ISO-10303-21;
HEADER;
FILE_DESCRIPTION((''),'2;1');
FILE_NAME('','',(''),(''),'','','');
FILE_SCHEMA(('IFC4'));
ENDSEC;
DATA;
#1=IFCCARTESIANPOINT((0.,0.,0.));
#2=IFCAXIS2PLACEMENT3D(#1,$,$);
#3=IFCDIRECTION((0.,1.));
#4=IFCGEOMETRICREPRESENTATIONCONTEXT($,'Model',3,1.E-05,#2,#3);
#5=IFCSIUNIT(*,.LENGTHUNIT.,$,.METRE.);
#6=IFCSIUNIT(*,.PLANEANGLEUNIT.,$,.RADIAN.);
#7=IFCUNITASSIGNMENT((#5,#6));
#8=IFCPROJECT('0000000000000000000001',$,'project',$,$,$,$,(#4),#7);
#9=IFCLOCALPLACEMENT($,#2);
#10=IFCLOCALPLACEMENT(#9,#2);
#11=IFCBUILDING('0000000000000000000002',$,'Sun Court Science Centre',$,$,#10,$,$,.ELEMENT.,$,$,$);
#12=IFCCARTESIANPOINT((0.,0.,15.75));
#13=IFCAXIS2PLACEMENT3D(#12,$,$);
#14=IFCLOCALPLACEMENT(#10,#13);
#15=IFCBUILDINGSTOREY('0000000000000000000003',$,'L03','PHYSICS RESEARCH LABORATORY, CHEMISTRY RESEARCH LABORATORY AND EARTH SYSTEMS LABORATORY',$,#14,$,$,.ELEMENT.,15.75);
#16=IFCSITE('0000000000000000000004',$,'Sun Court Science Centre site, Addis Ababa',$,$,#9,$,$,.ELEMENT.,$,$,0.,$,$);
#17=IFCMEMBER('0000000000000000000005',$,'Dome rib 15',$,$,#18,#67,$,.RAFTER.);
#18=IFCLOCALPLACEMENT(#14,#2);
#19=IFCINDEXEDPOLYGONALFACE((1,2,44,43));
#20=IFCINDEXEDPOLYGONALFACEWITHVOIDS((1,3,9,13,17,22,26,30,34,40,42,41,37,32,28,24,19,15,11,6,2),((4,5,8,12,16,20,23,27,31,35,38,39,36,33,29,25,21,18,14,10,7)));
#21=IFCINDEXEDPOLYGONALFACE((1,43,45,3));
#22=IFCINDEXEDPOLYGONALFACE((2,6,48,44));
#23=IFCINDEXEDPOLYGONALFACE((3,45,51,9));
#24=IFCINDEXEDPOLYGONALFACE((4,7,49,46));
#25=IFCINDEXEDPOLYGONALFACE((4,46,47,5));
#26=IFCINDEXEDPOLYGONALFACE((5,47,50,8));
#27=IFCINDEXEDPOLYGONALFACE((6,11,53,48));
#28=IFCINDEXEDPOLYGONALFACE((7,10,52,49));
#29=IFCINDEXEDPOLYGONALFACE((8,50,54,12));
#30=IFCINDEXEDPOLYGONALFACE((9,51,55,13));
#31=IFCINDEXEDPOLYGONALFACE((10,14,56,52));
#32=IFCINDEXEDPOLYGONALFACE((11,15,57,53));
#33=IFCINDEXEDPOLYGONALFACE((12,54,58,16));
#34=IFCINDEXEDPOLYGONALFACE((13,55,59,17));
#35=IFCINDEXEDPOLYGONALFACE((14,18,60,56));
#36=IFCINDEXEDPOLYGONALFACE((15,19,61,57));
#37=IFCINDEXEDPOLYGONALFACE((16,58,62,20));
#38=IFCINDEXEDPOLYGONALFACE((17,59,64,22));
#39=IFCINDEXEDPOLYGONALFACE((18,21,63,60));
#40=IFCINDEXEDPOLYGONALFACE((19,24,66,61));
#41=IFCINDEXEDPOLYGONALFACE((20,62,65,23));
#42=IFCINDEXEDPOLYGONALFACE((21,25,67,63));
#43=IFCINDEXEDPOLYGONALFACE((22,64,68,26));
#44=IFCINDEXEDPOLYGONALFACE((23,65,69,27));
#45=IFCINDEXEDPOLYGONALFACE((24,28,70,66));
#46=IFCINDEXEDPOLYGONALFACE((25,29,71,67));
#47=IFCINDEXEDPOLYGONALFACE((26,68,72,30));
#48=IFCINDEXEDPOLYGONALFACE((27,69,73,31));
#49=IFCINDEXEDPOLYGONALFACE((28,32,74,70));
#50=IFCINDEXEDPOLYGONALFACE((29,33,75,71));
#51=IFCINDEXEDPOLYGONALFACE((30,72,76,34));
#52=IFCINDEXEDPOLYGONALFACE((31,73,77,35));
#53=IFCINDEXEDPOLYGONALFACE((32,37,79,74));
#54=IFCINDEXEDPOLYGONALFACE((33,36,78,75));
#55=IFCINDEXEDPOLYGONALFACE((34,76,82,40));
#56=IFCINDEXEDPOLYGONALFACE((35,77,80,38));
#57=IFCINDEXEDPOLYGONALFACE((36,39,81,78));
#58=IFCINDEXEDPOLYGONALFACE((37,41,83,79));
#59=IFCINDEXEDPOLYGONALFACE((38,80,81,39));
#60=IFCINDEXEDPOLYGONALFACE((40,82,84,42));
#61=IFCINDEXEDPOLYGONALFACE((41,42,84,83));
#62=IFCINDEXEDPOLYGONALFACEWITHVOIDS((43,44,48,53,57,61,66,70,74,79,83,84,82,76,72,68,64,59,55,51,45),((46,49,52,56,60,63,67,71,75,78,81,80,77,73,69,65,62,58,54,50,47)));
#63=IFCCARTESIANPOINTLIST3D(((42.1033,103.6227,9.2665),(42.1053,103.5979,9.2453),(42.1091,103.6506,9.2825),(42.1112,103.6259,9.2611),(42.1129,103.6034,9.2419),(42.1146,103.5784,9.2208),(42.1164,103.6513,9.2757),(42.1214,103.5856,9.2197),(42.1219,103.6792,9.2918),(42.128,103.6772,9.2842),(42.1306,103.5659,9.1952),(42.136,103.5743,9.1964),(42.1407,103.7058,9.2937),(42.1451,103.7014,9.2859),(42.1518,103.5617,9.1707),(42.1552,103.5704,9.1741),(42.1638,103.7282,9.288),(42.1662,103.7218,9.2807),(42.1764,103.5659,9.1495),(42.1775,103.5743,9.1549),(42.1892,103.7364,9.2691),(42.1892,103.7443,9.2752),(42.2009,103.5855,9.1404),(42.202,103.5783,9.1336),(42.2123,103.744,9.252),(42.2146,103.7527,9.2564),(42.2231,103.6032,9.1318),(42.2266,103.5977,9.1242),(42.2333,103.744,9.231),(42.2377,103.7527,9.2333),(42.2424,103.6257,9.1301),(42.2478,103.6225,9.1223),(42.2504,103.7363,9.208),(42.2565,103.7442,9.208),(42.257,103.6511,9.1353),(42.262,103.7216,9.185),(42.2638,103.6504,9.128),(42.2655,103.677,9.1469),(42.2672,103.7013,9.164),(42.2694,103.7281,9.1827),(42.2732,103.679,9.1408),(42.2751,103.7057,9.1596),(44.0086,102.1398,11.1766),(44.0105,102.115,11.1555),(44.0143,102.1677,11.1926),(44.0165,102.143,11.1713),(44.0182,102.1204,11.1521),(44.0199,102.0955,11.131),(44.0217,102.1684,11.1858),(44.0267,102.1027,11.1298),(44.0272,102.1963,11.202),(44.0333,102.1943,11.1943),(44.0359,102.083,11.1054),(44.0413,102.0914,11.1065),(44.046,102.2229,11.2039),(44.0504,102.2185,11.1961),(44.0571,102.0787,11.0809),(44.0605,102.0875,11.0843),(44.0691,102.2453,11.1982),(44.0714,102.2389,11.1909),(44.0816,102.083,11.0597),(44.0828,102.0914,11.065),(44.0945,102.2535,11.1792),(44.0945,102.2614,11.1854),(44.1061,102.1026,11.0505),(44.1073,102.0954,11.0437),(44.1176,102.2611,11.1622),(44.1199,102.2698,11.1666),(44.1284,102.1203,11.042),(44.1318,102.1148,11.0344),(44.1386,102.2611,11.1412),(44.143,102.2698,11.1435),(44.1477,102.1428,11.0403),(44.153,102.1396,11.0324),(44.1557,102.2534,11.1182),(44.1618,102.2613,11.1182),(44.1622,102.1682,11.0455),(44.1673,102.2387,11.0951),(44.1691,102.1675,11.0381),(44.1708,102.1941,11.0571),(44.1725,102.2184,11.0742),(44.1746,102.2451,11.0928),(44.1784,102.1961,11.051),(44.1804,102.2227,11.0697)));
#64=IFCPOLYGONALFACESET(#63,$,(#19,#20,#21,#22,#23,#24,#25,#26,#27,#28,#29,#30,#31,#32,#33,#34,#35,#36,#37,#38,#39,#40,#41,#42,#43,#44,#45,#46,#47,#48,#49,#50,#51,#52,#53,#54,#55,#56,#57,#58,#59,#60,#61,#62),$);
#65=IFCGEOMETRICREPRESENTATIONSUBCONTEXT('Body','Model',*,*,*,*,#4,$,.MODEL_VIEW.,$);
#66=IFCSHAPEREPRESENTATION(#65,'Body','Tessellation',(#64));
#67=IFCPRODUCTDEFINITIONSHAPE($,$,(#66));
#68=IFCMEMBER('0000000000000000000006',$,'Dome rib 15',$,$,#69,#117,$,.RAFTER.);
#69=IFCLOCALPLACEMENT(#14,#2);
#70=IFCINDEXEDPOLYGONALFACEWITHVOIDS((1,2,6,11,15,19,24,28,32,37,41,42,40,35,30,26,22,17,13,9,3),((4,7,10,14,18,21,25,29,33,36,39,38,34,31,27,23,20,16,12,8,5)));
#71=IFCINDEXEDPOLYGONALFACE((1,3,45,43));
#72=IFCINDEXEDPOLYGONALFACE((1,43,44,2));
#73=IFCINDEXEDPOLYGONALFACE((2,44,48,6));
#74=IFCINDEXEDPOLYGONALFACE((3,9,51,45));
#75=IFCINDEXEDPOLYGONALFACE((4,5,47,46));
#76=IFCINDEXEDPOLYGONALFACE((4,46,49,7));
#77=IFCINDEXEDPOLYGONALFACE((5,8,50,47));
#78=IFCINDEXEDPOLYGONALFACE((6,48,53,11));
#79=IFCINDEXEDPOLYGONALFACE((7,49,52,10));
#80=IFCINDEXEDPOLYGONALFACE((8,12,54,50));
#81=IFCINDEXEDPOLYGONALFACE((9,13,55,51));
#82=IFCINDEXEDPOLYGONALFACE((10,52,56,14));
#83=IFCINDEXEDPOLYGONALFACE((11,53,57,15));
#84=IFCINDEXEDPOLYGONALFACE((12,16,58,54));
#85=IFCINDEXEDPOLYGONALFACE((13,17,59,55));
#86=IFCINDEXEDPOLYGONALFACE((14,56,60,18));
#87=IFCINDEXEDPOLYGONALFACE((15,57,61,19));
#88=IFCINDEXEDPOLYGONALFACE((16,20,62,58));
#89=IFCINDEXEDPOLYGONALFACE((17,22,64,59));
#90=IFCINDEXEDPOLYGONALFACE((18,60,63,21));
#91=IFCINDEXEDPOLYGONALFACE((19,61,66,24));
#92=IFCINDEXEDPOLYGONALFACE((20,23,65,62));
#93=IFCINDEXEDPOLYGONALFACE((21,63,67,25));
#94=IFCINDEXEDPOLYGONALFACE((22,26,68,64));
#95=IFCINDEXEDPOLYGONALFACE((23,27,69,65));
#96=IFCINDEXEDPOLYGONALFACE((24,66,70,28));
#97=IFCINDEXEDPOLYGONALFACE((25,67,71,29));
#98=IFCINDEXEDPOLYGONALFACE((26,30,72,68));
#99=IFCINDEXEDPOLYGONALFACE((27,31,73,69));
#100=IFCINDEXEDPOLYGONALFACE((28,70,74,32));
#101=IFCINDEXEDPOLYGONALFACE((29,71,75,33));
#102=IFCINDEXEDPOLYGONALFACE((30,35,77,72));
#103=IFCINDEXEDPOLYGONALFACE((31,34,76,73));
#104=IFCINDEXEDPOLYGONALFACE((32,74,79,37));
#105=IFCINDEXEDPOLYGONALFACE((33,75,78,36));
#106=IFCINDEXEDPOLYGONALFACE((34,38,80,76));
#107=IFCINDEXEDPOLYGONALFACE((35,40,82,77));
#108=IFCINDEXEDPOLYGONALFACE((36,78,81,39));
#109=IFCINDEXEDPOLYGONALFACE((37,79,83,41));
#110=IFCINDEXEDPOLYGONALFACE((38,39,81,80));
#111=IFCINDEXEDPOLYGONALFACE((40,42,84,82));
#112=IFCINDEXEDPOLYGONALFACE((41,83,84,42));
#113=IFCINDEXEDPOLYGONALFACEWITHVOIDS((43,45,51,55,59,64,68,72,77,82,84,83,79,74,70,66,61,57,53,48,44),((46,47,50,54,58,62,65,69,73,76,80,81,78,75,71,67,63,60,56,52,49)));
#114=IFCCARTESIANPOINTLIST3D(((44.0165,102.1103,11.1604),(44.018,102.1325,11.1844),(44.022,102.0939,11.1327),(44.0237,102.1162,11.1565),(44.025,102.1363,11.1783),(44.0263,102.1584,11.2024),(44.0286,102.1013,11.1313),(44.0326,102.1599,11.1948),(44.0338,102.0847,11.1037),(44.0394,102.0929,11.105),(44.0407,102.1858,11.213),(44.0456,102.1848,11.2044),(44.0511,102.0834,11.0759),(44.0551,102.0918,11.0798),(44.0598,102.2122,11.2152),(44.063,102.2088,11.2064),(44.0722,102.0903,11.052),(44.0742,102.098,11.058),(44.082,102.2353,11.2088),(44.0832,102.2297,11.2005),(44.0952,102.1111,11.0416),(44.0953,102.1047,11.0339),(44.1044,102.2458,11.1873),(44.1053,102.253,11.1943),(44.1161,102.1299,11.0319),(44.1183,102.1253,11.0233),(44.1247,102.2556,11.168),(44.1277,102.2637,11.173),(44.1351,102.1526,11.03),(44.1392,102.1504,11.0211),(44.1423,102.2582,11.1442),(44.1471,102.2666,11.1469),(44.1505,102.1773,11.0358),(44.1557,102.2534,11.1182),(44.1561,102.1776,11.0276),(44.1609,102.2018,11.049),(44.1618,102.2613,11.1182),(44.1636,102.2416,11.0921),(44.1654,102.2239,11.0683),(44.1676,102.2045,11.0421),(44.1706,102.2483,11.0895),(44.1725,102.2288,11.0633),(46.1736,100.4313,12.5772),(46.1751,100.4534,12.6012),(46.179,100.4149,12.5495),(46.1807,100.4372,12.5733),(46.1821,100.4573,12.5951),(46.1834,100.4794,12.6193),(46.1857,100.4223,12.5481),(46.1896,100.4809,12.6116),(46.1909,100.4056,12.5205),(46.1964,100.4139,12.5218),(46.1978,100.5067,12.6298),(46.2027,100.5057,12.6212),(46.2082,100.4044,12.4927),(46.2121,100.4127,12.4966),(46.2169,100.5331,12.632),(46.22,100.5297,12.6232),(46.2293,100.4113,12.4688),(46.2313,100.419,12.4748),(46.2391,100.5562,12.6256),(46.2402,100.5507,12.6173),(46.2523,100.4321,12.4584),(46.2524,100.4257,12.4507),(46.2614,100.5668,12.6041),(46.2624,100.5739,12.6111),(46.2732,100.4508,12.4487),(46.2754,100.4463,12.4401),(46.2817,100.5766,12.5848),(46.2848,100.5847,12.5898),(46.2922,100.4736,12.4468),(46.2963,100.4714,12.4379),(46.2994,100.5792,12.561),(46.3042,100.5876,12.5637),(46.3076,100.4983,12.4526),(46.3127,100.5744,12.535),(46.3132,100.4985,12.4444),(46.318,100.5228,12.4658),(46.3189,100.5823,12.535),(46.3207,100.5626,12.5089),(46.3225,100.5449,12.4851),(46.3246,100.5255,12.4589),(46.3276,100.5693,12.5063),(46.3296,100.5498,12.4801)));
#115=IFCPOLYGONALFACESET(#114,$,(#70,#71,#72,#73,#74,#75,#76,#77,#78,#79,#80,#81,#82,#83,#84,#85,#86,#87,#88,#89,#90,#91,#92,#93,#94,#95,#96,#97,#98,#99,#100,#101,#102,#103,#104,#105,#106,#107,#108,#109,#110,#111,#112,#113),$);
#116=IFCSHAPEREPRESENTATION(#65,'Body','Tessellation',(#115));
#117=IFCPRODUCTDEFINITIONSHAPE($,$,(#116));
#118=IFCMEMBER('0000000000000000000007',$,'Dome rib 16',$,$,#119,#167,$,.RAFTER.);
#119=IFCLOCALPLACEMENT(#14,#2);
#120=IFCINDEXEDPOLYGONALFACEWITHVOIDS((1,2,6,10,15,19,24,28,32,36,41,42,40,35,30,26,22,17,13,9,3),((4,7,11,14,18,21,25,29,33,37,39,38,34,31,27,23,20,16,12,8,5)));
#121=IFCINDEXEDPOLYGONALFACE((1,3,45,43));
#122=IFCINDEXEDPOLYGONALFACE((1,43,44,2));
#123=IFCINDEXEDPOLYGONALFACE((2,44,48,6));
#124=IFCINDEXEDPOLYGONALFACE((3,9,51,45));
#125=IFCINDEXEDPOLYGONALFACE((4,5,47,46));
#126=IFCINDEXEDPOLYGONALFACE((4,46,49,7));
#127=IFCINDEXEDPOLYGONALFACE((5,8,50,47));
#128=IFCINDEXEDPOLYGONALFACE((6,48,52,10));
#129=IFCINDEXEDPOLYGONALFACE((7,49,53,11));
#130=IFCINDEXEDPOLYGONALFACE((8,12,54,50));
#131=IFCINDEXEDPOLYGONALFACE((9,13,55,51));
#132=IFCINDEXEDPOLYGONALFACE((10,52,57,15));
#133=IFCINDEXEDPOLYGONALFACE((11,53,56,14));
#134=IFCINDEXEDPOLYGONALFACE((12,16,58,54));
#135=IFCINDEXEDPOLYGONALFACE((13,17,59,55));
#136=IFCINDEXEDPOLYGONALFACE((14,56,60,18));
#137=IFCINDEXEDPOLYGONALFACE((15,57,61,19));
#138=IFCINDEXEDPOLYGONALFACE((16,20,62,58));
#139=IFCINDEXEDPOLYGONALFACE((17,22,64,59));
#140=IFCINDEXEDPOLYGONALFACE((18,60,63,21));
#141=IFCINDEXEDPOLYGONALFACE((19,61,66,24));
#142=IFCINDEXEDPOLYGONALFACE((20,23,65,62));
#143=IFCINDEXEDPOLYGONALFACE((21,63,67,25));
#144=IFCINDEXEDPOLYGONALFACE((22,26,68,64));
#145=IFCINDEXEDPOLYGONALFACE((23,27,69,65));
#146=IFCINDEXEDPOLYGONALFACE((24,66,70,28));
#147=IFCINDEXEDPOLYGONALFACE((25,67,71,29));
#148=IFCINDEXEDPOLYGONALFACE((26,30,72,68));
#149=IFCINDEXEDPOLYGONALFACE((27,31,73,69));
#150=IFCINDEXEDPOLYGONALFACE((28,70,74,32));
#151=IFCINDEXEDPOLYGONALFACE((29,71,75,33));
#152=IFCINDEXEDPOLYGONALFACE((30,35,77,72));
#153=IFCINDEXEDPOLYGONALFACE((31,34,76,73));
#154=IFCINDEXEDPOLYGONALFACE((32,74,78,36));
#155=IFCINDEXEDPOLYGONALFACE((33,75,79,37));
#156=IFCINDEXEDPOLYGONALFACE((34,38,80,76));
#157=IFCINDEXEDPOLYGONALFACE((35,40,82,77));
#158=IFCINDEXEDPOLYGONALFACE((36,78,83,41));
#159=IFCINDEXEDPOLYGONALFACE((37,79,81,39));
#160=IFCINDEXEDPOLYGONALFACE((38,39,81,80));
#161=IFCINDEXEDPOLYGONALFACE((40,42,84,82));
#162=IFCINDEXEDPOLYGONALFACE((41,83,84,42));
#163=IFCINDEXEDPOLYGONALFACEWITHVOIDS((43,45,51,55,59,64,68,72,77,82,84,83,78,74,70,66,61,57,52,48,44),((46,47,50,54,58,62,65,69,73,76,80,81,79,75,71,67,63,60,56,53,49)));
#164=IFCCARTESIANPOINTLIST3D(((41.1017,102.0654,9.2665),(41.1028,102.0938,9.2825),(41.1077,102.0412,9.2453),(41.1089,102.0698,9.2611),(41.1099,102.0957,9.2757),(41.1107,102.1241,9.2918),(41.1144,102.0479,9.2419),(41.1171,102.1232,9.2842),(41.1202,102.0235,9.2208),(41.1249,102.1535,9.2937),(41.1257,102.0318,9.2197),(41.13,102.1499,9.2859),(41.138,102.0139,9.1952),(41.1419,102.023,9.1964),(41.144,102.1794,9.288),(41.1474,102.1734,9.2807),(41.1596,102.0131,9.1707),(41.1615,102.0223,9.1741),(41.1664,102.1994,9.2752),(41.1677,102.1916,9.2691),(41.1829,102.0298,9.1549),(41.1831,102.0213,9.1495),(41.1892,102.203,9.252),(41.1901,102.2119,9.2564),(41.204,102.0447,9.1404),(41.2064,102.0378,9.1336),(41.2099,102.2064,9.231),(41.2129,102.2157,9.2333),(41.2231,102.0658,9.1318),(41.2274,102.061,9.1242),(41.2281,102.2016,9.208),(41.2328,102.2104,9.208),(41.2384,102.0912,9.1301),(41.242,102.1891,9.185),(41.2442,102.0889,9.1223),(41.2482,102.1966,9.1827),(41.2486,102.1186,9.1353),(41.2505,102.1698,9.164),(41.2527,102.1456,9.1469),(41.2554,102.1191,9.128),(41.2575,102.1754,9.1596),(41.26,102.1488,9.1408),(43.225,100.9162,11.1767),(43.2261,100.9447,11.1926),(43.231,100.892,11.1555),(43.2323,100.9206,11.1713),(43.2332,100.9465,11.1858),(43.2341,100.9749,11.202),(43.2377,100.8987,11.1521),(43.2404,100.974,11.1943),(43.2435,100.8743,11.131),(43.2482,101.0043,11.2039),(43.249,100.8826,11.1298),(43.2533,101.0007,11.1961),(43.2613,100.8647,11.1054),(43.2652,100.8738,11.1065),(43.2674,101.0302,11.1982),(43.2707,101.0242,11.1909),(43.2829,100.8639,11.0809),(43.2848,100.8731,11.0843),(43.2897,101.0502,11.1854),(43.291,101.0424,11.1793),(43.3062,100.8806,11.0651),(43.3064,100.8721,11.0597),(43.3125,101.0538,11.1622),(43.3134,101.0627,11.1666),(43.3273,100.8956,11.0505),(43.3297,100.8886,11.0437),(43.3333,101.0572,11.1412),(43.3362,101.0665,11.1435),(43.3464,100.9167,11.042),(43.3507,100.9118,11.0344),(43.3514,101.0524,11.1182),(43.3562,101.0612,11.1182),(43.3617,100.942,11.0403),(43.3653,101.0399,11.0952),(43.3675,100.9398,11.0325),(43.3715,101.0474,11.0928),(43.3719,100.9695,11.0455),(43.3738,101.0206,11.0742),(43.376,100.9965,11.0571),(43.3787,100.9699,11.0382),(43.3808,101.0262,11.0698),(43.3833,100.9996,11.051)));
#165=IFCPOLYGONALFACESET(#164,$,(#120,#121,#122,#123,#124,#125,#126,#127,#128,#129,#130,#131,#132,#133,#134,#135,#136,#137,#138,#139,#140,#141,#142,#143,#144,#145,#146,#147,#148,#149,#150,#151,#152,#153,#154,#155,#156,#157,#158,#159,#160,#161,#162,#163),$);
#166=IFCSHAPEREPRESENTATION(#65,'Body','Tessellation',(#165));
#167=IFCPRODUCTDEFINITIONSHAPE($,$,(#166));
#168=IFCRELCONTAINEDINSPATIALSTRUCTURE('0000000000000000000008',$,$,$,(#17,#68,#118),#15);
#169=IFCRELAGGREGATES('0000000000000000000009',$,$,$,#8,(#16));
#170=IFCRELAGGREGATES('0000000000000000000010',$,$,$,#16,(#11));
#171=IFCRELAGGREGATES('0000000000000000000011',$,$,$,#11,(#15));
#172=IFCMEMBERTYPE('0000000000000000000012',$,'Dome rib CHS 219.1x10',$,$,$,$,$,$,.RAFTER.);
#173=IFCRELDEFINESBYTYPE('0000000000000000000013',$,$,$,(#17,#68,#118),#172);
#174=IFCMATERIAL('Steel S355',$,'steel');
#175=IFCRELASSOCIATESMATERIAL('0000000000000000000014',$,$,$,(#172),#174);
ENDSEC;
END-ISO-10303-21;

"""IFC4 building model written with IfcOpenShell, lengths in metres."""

from ifc_helpers import new_model, si_unit, direction, frame, origin, origin_2d, place, context, subcontext, project, spatial, hollow_circle, extrude, material, material_profile, profile_set, type_object, element, save


model = new_model("IFC4")

# Units and contexts
model_context = context("Model", 3, precision=1e-05, world=origin(), true_north=direction((0.0, 1.0)))
body_context = subcontext(model_context, "Body", "Model", "MODEL_VIEW")
ifc_project = project(units=[si_unit("LENGTHUNIT", "METRE"), si_unit("PLANEANGLEUNIT", "RADIAN")], contexts=[model_context])

# Site, building, storey
site_placement = place(None, origin())
site = spatial("IfcSite", under=ifc_project, at=site_placement, Name="Sun Court Science Centre site, Addis Ababa", CompositionType="ELEMENT", RefElevation=0.0)
building_placement = place(site_placement, origin())
building = spatial("IfcBuilding", under=site, at=building_placement, Name="Sun Court Science Centre", CompositionType="ELEMENT")
storey_placement = place(building_placement, frame((0.0, 0.0, 15.75)))
storey = spatial("IfcBuildingStorey", under=building, at=storey_placement, Name="L03", Description="PHYSICS RESEARCH LABORATORY, CHEMISTRY RESEARCH LABORATORY AND EARTH SYSTEMS LABORATORY", CompositionType="ELEMENT", Elevation=15.75)

# Members
ifc_material_1 = material(Name="Steel S355", Category="steel")
ifc_material_profile_1 = material_profile(ifc_material_1, hollow_circle(Radius=0.1096, WallThickness=0.01, at=origin_2d()), Name="CHS 219.1x10")
ifc_profile_set_1 = profile_set([ifc_material_profile_1], Name="Steel S355")
member_type_1 = type_object("IfcMemberType", Name="Dome rib CHS 219.1x10", PredefinedType="RAFTER", material=ifc_profile_set_1)
for number, where, z_axis, x_axis, name in (
    (1, (42.1892, 103.6577, 9.208), (0.618876, -0.481683, 0.620462), (0.614207, 0.789145, 0.0), "Dome rib 15"),
):
    element("IfcMember", number, at=place(storey_placement, frame(where, z_axis=z_axis, x_axis=x_axis)), inside=storey, type_object=member_type_1, Name=name, PredefinedType="RAFTER", context=body_context, shape_type="SweptSolid", body=[
        extrude(hollow_circle(Radius=0.1096, WallThickness=0.01, at=origin_2d()), origin(), (0.0, 0.0, 1.0), 3.0786),
    ])
member_1_placement = place(storey_placement, frame((44.0945, 102.1748, 11.1182), z_axis=(0.700606, -0.545338, 0.460171), x_axis=(0.614237, 0.789121, 0.0)))
element("IfcMember", 2, at=member_1_placement, inside=storey, type_object=member_type_1, Name="Dome rib 15", PredefinedType="RAFTER", context=body_context, shape_type="SweptSolid", body=[
    extrude(hollow_circle(Radius=0.1096, WallThickness=0.01, at=origin_2d()), origin(), (0.0, 0.0, 1.0), 3.0789),
])
member_2_placement = place(storey_placement, frame((41.1807, 102.114, 9.208), z_axis=(0.689698, -0.373279, 0.620467), x_axis=(0.47598, 0.879456, 0.0)))
element("IfcMember", 3, at=member_2_placement, inside=storey, type_object=member_type_1, Name="Dome rib 16", PredefinedType="RAFTER", context=body_context, shape_type="SweptSolid", body=[
    extrude(hollow_circle(Radius=0.1096, WallThickness=0.01, at=origin_2d()), origin(), (0.0, 0.0, 1.0), 3.0786),
])

save(model, "model.ifc")
